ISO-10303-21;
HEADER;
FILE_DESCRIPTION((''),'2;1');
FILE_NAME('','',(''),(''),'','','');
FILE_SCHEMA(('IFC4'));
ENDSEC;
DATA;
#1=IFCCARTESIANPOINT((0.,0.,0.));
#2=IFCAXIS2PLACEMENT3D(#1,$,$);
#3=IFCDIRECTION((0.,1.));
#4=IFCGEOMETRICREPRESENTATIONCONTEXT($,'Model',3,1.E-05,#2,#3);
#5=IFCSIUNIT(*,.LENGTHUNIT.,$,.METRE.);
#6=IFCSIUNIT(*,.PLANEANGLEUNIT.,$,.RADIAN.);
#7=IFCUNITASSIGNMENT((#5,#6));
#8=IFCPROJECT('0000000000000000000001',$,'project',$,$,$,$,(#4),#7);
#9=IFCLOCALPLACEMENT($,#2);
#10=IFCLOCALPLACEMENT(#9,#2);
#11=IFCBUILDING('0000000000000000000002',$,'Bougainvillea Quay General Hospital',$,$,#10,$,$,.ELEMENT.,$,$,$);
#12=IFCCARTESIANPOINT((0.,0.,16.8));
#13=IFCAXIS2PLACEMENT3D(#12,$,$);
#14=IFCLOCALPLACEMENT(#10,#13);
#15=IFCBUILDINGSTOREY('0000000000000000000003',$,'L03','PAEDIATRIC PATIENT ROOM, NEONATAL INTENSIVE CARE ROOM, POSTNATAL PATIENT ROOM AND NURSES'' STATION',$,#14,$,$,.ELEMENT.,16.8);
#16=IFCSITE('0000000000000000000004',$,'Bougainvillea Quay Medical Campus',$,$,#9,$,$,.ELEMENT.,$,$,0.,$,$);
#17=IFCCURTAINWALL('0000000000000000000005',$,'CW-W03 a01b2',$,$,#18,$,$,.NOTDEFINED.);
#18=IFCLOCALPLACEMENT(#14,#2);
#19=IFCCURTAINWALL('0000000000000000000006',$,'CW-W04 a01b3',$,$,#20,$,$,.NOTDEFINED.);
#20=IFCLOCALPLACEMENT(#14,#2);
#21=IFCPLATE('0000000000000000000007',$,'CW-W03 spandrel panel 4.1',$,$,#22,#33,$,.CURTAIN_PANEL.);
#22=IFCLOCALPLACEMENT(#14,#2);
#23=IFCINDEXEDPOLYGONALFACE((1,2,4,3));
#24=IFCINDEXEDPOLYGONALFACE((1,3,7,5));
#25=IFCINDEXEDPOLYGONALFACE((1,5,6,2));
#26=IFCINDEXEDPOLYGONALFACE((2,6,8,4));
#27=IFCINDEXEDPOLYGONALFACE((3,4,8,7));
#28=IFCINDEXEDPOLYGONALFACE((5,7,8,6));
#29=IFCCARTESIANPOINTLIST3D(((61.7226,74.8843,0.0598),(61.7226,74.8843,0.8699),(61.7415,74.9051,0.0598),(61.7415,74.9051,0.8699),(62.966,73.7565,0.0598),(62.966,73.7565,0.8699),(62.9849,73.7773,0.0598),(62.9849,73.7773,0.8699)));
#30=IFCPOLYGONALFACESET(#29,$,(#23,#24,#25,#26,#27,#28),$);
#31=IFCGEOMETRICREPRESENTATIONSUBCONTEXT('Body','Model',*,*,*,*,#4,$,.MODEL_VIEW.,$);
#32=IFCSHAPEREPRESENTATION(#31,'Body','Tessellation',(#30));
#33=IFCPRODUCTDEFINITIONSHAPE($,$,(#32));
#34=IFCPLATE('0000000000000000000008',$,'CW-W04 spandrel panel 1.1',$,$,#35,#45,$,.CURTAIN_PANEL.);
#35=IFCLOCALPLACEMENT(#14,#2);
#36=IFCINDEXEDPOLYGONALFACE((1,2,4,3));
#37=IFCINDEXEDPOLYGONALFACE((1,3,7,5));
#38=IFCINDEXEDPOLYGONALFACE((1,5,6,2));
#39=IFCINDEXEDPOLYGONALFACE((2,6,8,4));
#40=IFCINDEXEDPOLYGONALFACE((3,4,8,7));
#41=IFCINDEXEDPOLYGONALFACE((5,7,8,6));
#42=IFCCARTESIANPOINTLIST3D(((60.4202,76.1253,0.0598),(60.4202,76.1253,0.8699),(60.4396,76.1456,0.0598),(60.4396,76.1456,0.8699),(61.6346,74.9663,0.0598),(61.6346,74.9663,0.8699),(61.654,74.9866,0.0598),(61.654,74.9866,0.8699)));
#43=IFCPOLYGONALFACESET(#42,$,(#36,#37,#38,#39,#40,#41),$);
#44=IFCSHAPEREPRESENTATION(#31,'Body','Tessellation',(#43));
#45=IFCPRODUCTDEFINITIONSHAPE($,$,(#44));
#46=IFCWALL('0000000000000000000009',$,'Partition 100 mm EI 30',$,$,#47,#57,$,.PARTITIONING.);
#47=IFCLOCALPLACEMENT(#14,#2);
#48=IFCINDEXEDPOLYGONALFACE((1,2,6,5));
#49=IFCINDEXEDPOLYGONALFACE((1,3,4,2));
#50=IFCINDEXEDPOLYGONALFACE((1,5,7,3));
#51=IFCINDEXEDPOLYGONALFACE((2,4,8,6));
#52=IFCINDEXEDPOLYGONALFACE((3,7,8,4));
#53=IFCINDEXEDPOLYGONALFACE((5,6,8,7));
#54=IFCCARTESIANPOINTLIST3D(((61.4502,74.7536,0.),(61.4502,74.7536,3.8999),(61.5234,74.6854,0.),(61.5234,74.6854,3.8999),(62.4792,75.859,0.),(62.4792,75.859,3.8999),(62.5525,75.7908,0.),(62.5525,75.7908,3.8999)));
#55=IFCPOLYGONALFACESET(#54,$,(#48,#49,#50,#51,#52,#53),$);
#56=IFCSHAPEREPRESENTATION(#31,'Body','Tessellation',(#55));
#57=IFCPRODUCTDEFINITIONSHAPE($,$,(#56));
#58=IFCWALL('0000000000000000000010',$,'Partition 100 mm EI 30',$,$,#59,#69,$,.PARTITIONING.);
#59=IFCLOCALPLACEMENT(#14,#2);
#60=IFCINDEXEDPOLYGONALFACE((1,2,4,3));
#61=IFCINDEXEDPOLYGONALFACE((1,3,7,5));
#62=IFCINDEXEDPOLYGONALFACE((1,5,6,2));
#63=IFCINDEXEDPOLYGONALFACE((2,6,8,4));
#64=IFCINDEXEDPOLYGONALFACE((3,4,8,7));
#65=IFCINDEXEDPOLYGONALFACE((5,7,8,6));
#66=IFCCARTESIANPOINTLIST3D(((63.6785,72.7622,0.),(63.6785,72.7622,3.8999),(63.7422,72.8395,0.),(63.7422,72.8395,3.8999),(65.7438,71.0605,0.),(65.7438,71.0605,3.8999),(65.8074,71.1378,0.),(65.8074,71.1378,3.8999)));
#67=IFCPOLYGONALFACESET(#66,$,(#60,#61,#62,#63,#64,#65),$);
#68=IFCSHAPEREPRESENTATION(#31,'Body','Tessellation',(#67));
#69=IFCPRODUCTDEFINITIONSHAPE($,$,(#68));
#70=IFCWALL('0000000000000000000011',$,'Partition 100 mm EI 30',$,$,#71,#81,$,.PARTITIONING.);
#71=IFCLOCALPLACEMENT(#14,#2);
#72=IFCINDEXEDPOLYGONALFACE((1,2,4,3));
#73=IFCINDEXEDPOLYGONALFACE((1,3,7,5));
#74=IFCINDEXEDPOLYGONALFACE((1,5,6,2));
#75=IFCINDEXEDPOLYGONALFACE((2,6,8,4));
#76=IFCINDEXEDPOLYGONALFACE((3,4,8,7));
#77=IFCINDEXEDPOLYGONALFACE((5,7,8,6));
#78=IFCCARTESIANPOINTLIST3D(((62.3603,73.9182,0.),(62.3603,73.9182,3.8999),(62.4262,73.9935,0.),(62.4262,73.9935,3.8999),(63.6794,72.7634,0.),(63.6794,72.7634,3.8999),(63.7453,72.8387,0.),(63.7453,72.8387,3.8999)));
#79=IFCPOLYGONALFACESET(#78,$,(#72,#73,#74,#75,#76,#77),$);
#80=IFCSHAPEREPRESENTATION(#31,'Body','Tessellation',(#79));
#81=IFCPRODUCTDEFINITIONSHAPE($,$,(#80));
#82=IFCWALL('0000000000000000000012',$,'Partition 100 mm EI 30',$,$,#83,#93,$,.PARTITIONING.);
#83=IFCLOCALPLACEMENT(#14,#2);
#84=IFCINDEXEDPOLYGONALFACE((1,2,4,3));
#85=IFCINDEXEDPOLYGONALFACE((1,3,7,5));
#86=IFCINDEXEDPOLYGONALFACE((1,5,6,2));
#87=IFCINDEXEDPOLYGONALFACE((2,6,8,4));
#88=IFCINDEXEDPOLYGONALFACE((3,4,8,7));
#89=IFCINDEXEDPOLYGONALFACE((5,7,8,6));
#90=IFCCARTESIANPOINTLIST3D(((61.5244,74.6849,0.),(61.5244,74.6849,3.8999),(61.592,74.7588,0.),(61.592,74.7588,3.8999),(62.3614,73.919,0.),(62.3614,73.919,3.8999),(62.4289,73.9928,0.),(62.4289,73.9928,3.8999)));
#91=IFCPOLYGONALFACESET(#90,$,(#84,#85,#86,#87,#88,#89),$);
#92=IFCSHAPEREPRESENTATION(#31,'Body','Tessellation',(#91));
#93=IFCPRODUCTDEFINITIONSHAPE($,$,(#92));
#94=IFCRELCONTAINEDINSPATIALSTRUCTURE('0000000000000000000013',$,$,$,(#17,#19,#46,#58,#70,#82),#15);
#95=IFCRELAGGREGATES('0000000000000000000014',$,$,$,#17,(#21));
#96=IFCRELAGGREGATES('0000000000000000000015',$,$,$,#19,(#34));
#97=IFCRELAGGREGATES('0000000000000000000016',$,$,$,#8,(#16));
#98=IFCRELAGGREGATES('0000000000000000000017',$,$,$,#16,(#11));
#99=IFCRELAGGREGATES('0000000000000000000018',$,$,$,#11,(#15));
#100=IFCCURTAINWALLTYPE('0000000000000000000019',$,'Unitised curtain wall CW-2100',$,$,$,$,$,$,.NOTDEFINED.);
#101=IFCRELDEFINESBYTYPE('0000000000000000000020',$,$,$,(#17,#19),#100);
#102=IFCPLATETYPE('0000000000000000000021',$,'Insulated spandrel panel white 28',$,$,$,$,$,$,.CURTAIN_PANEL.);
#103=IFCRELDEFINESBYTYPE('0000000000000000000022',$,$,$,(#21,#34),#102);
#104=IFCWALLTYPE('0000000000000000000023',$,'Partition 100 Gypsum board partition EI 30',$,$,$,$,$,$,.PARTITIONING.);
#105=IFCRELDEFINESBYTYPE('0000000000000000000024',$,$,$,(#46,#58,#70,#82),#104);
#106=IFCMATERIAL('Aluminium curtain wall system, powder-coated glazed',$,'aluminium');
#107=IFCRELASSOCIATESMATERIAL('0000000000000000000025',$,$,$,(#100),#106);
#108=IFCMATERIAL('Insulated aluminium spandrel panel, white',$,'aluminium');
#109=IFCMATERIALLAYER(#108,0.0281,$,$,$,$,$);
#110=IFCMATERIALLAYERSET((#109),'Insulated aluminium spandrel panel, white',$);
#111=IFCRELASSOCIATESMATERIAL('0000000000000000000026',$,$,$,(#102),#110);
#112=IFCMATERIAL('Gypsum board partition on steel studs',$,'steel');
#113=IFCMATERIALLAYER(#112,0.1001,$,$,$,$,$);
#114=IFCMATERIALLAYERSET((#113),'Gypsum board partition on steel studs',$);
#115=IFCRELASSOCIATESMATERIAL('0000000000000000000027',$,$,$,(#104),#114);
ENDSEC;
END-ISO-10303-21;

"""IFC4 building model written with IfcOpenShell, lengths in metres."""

from ifc_helpers import new_model, si_unit, direction, frame, frame_2d, origin, origin_2d, place, context, subcontext, project, spatial, rectangle, extrude, material, layer, layer_set, type_object, element, aggregate, save


model = new_model("IFC4")

# Units and contexts
model_context = context("Model", 3, precision=1e-05, world=origin(), true_north=direction((0.0, 1.0)))
body_context = subcontext(model_context, "Body", "Model", "MODEL_VIEW")
ifc_project = project(units=[si_unit("LENGTHUNIT", "METRE"), si_unit("PLANEANGLEUNIT", "RADIAN")], contexts=[model_context])

# Site, building, storey
site_placement = place(None, origin())
site = spatial("IfcSite", under=ifc_project, at=site_placement, Name="Bougainvillea Quay Medical Campus", CompositionType="ELEMENT", RefElevation=0.0)
building_placement = place(site_placement, origin())
building = spatial("IfcBuilding", under=site, at=building_placement, Name="Bougainvillea Quay General Hospital", CompositionType="ELEMENT")
storey_placement = place(building_placement, frame((0.0, 0.0, 16.8)))
storey = spatial("IfcBuildingStorey", under=building, at=storey_placement, Name="L03", Description="PAEDIATRIC PATIENT ROOM, NEONATAL INTENSIVE CARE ROOM, POSTNATAL PATIENT ROOM AND NURSES' STATION", CompositionType="ELEMENT", Elevation=16.8)

# Curtain walls
ifc_material_1 = material(Name="Aluminium curtain wall system, powder-coated glazed", Category="aluminium")
curtain_wall_type = type_object("IfcCurtainWallType", Name="Unitised curtain wall CW-2100", PredefinedType="NOTDEFINED", material=ifc_material_1)
curtain_wall_1_placement = place(storey_placement, origin())
curtain_wall_1 = element("IfcCurtainWall", 1, at=curtain_wall_1_placement, inside=storey, type_object=curtain_wall_type, Name="CW-W03 a01b2", PredefinedType="NOTDEFINED")
curtain_wall_2_placement = place(storey_placement, origin())
curtain_wall_2 = element("IfcCurtainWall", 2, at=curtain_wall_2_placement, inside=storey, type_object=curtain_wall_type, Name="CW-W04 a01b3", PredefinedType="NOTDEFINED")

# Plates
ifc_material_2 = material(Name="Insulated aluminium spandrel panel, white", Category="aluminium")
ifc_layer_1 = layer(ifc_material_2, 0.0281)
ifc_layer_set_1 = layer_set([ifc_layer_1], Name="Insulated aluminium spandrel panel, white")
plate_type = type_object("IfcPlateType", Name="Insulated spandrel panel white 28", PredefinedType="CURTAIN_PANEL", material=ifc_layer_set_1)
plate_1_placement = place(storey_placement, frame((62.3538, 74.3308, 0.0598), z_axis=(0.0, 0.0, 1.0), x_axis=(-0.740693, 0.671843, 0.0)))
plate_1 = element("IfcPlate", 3, at=plate_1_placement, type_object=plate_type, Name="CW-W03 spandrel panel 4.1", PredefinedType="CURTAIN_PANEL", context=body_context, shape_type="SweptSolid", body=[
    extrude(rectangle(XDim=1.6787, YDim=0.0281, at=origin_2d()), origin(), (0.0, 0.0, 1.0), 0.8101),
])
aggregate(curtain_wall_1, [plate_1])
plate_2_placement = place(storey_placement, frame((61.0371, 75.5559, 0.0598), z_axis=(0.0, 0.0, 1.0), x_axis=(-0.723419, 0.690409, 0.0)))
plate_2 = element("IfcPlate", 4, at=plate_2_placement, type_object=plate_type, Name="CW-W04 spandrel panel 1.1", PredefinedType="CURTAIN_PANEL", context=body_context, shape_type="SweptSolid", body=[
    extrude(rectangle(XDim=1.6787, YDim=0.0281, at=origin_2d()), origin(), (0.0, 0.0, 1.0), 0.8101),
])
aggregate(curtain_wall_2, [plate_2])

# Walls
ifc_material_3 = material(Name="Gypsum board partition on steel studs", Category="steel")
ifc_layer_2 = layer(ifc_material_3, 0.1001)
ifc_layer_set_2 = layer_set([ifc_layer_2], Name="Gypsum board partition on steel studs")
wall_type = type_object("IfcWallType", Name="Partition 100 Gypsum board partition EI 30", PredefinedType="PARTITIONING", material=ifc_layer_set_2)
wall_1_placement = place(storey_placement, frame((61.4868, 74.7195, 0.0), z_axis=(0.0, 0.0, 1.0), x_axis=(0.681356, 0.731952, 0.0)))
element("IfcWall", 5, at=wall_1_placement, inside=storey, type_object=wall_type, Name="Partition 100 mm EI 30", PredefinedType="PARTITIONING", context=body_context, shape_type="SweptSolid", body=[
    extrude(rectangle(XDim=1.5103, YDim=0.1001, at=frame_2d((0.7551, 0.0))), origin(), (0.0, 0.0, 1.0), 3.8999),
])
wall_2_placement = place(storey_placement, frame((63.7104, 72.8008, 0.0), z_axis=(0.0, 0.0, 1.0), x_axis=(0.771762, -0.635912, 0.0)))
element("IfcWall", 6, at=wall_2_placement, inside=storey, type_object=wall_type, Name="Partition 100 mm EI 30", PredefinedType="PARTITIONING", context=body_context, shape_type="SweptSolid", body=[
    extrude(rectangle(XDim=2.676, YDim=0.1001, at=frame_2d((1.3379, 0.0))), origin(), (0.0, 0.0, 1.0), 3.8999),
])
wall_3_placement = place(storey_placement, frame((62.3933, 73.9558, 0.0), z_axis=(0.0, 0.0, 1.0), x_axis=(0.752413, -0.658692, 0.0)))
element("IfcWall", 7, at=wall_3_placement, inside=storey, type_object=wall_type, Name="Partition 100 mm EI 30", PredefinedType="PARTITIONING", context=body_context, shape_type="SweptSolid", body=[
    extrude(rectangle(XDim=1.7532, YDim=0.1001, at=frame_2d((0.8765, 0.0))), origin(), (0.0, 0.0, 1.0), 3.8999),
])
wall_4_placement = place(storey_placement, frame((61.5581, 74.7219, 0.0), z_axis=(0.0, 0.0, 1.0), x_axis=(0.737726, -0.675101, 0.0)))
element("IfcWall", 8, at=wall_4_placement, inside=storey, type_object=wall_type, Name="Partition 100 mm EI 30", PredefinedType="PARTITIONING", context=body_context, shape_type="SweptSolid", body=[
    extrude(rectangle(XDim=1.1345, YDim=0.1001, at=frame_2d((0.5674, 0.0))), origin(), (0.0, 0.0, 1.0), 3.8999),
])

save(model, "model.ifc")
